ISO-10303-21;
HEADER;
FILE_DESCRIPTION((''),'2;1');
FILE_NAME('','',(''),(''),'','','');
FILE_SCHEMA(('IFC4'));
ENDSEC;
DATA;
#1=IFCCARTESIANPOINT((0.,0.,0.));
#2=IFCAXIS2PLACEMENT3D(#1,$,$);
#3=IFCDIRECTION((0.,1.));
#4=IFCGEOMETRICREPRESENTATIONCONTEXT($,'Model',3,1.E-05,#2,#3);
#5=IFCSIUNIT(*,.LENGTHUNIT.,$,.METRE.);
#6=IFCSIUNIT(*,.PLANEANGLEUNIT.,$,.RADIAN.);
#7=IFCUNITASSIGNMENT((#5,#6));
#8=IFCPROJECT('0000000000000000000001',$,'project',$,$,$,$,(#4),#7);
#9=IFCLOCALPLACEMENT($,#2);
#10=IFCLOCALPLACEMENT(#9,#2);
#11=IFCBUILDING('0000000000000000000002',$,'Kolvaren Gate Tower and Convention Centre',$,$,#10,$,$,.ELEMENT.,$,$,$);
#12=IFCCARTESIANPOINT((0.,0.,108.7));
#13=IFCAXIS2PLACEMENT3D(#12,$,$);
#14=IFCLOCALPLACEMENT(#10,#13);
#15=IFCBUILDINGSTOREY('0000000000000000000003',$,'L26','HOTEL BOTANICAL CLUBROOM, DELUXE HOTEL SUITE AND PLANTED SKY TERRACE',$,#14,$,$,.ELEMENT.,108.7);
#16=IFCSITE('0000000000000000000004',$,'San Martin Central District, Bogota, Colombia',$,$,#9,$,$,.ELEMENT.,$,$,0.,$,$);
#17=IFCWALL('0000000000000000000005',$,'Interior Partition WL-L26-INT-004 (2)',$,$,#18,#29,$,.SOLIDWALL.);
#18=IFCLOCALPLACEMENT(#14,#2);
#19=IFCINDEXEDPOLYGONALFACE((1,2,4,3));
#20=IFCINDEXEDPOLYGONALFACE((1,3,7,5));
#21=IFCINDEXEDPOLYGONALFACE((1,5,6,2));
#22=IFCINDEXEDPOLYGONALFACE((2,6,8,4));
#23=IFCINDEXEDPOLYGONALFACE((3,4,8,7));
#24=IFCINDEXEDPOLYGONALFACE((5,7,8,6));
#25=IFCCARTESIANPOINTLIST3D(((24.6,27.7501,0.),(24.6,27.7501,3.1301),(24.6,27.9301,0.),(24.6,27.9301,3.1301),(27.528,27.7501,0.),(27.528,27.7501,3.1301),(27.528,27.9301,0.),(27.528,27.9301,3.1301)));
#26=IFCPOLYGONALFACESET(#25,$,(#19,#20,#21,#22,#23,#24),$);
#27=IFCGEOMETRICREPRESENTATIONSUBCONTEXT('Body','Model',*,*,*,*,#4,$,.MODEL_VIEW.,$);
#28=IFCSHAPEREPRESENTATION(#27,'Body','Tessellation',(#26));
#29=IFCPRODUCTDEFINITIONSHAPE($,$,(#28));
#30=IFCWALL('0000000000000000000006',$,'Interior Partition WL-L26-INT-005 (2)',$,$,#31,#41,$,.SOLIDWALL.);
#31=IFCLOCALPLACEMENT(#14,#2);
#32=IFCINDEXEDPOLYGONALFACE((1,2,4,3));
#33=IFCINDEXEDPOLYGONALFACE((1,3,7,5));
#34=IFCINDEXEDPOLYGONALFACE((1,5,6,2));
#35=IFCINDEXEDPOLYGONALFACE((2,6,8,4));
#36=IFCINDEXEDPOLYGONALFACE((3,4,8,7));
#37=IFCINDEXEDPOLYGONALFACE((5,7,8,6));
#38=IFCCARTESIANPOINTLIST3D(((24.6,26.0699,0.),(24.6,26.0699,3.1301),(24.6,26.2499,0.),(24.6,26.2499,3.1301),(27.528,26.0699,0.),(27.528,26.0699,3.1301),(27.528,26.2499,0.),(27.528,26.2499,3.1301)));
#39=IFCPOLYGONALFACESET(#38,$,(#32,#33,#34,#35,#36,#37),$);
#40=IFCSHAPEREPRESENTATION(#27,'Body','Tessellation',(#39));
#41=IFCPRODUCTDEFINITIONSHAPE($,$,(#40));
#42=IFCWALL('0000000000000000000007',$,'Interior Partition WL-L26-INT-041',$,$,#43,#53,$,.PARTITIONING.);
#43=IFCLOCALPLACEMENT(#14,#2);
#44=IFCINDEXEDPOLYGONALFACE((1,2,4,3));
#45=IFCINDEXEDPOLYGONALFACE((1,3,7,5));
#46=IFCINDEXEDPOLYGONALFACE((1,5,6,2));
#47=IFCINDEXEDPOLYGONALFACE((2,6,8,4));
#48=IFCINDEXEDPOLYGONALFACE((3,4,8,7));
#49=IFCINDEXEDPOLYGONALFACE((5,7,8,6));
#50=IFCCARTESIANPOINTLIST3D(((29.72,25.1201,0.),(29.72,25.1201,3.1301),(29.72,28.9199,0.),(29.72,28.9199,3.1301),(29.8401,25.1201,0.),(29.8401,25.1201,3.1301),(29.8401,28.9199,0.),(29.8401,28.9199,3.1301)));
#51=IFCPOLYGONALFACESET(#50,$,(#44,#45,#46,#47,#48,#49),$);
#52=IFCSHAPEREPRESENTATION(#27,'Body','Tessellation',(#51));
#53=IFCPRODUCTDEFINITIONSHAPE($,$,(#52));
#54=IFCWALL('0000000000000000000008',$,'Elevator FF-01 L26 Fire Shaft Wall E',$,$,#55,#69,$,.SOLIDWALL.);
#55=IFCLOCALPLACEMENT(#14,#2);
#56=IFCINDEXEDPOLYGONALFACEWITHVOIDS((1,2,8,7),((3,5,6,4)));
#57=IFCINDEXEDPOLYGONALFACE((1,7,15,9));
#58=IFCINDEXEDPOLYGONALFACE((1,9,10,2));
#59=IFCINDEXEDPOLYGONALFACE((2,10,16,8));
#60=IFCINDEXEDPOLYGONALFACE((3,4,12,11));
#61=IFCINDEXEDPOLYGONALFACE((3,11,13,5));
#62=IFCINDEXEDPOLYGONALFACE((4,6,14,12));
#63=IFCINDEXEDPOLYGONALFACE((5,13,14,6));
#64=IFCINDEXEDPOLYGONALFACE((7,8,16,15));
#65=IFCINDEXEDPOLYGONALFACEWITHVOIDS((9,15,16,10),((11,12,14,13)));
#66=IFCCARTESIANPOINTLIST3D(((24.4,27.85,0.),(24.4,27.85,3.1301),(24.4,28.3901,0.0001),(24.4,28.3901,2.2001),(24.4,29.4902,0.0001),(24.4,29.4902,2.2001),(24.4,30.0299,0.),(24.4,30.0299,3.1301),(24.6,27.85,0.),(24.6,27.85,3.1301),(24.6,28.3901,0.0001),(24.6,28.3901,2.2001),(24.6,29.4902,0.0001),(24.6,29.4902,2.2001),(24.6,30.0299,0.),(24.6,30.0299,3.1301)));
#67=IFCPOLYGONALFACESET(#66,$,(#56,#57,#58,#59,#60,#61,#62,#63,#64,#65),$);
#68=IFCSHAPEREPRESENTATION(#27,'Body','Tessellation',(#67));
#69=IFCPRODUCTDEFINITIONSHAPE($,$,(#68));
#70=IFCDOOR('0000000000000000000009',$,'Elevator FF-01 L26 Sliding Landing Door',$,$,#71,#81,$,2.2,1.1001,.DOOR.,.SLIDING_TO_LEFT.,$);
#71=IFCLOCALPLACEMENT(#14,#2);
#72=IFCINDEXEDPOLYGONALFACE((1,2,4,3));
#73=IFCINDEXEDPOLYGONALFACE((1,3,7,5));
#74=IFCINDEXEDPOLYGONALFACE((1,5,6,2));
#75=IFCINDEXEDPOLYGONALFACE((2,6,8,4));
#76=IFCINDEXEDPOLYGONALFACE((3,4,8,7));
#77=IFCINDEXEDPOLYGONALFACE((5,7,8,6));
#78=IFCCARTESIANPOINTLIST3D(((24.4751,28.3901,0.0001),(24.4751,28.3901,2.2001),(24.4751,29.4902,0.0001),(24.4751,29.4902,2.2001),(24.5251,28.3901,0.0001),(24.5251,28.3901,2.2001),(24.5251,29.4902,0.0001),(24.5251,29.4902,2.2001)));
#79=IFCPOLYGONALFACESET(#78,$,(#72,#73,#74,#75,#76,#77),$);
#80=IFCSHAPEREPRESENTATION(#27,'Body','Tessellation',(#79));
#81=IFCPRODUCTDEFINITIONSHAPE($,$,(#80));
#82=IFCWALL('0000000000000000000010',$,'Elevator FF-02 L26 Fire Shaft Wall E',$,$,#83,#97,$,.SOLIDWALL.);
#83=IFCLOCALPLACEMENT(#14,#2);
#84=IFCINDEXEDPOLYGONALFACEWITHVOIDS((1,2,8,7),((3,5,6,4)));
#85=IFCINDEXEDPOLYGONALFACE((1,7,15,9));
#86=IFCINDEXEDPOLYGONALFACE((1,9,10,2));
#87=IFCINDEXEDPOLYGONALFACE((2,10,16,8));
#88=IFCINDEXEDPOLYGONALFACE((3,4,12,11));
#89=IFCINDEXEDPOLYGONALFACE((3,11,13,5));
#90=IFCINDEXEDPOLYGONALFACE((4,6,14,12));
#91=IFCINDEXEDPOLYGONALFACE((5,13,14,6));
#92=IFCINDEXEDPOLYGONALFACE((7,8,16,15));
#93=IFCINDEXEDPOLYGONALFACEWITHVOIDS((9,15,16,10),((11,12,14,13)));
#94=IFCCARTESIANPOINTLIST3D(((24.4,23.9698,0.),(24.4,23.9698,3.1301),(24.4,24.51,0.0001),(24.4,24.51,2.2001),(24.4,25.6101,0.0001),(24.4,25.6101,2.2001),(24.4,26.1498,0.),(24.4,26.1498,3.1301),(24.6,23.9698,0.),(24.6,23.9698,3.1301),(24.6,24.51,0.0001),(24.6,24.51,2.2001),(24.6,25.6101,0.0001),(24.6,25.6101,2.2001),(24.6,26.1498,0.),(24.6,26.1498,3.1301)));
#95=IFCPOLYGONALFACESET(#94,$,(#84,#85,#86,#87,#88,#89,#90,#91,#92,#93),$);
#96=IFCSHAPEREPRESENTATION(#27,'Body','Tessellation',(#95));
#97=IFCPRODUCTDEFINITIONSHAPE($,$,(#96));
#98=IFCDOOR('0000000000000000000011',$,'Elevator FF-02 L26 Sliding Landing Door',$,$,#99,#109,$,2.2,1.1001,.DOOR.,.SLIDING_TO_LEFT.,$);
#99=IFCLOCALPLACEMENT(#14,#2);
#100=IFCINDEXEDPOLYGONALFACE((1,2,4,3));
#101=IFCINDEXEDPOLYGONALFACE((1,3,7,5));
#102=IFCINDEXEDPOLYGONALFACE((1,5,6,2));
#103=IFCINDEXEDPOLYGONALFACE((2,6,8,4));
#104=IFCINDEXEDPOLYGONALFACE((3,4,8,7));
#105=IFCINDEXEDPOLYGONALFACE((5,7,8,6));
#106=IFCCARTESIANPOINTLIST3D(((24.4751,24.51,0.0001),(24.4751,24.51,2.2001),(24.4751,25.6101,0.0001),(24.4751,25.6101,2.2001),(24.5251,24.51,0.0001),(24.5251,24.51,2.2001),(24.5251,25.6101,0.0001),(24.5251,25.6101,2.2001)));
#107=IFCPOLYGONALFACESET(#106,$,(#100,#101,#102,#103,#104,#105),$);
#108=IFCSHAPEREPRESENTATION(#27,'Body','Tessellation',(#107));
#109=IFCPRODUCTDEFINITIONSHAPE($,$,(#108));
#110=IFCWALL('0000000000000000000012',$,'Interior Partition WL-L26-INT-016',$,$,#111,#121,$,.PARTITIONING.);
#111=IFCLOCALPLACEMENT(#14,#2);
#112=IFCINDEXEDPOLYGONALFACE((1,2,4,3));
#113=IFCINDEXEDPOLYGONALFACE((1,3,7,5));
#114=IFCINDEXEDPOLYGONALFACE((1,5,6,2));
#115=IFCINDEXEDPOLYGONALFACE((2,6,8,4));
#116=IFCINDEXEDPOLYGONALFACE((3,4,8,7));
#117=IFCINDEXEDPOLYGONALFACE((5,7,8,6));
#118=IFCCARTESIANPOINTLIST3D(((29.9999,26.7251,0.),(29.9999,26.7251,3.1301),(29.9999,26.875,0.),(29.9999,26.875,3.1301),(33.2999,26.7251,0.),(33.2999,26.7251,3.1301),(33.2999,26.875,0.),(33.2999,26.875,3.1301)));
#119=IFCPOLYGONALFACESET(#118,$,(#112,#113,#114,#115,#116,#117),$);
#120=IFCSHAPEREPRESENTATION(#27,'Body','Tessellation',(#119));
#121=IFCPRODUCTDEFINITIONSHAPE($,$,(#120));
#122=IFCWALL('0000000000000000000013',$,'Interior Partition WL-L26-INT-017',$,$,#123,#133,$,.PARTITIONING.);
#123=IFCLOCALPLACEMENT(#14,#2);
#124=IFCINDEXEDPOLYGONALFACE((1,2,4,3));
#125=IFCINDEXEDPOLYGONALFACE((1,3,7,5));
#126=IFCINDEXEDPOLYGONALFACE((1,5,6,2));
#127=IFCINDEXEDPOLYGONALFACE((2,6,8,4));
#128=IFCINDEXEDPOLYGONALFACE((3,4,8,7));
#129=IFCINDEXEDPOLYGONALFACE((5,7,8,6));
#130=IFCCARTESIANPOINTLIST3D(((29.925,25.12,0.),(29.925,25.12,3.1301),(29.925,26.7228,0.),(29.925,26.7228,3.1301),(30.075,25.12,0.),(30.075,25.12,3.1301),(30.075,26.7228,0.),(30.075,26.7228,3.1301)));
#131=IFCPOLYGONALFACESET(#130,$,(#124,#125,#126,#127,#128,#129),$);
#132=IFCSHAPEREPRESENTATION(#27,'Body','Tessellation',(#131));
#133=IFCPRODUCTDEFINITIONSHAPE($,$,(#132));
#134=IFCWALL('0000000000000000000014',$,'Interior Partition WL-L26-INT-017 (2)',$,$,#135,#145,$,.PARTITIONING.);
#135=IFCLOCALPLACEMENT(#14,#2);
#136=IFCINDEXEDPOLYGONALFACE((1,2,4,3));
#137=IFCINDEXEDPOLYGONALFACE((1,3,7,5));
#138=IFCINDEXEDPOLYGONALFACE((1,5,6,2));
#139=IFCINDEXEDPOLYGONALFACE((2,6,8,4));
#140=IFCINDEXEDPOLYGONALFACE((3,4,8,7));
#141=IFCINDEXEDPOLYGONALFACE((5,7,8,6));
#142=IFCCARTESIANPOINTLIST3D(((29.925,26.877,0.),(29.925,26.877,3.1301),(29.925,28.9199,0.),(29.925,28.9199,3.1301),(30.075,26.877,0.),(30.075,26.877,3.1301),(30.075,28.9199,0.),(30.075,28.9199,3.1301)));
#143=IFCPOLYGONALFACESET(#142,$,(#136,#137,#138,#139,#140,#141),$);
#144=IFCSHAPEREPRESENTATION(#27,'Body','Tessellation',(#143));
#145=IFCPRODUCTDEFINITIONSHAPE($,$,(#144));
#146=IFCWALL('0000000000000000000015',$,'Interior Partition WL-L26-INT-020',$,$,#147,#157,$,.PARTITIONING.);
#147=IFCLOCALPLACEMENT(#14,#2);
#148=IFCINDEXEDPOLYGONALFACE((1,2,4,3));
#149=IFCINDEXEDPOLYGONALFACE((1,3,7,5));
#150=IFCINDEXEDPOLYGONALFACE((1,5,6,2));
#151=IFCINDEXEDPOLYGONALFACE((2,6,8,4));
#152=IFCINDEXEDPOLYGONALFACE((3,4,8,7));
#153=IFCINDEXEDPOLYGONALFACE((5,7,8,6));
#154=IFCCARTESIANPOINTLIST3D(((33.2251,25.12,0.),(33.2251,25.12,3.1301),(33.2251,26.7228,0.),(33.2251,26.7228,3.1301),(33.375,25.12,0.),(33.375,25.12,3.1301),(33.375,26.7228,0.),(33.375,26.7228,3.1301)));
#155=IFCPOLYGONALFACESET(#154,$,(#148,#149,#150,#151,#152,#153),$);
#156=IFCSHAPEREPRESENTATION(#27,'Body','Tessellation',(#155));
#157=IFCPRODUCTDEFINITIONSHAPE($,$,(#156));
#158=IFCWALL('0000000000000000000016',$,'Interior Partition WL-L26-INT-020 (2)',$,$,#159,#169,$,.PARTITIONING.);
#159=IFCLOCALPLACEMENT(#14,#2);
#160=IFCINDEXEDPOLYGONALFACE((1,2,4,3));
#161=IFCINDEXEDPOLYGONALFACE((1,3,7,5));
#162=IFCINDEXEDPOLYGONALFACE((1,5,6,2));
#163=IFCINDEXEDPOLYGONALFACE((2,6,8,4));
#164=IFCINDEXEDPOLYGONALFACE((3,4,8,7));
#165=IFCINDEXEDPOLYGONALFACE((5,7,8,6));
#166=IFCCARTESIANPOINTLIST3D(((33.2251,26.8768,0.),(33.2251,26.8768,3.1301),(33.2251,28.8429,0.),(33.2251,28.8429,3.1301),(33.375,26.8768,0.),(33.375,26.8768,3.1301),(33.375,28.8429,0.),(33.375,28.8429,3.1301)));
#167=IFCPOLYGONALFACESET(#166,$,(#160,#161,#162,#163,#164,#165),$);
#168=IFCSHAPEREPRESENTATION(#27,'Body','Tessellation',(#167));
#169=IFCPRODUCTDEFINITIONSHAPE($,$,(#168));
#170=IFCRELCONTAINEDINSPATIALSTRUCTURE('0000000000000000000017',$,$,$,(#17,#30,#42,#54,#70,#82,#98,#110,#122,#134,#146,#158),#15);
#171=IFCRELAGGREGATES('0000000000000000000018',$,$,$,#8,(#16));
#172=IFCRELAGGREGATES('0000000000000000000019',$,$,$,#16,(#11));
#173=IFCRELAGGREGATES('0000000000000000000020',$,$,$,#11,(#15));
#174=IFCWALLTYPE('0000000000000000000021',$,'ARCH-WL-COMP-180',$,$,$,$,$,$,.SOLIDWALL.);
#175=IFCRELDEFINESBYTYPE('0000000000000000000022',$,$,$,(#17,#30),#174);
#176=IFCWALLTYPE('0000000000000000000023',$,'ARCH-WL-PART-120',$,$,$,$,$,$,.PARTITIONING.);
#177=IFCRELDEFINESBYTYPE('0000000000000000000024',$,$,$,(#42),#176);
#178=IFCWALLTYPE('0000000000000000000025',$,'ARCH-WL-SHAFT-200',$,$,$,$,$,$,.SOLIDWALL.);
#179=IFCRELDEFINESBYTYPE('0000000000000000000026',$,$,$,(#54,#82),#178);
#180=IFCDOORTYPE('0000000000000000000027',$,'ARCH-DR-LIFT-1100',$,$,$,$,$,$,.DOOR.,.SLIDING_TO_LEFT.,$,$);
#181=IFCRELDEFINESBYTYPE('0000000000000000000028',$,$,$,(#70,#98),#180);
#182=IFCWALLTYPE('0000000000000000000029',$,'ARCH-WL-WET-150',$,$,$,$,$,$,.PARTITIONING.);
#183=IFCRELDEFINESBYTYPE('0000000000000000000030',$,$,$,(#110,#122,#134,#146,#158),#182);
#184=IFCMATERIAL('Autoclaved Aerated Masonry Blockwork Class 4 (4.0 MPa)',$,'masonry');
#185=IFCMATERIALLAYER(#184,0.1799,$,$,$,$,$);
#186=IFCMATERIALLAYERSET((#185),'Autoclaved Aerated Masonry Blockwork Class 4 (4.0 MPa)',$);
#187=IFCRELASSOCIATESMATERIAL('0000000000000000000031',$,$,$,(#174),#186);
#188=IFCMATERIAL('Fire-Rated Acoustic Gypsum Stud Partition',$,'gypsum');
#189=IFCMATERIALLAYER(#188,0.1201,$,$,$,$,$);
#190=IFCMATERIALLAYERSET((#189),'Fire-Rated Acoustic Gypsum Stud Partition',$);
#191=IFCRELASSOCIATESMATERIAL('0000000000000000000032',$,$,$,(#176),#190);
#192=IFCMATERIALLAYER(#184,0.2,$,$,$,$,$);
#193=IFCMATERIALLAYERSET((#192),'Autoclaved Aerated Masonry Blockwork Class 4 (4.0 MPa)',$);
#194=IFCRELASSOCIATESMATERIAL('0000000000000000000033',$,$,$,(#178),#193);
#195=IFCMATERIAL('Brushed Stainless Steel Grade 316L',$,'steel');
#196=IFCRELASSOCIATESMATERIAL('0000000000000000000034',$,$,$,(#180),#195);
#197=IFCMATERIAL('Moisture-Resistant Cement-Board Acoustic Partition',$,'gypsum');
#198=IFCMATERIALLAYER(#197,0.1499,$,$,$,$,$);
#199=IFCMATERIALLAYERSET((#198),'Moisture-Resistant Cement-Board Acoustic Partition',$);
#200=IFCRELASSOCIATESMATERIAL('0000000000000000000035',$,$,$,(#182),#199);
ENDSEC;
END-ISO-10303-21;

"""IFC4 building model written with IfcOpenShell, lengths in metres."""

from ifc_helpers import new_model, si_unit, direction, frame, frame_2d, origin, place, context, subcontext, project, spatial, rectangle, extrude, material, layer, layer_set, type_object, element, fill, save


model = new_model("IFC4")

# Units and contexts
model_context = context("Model", 3, precision=1e-05, world=origin(), true_north=direction((0.0, 1.0)))
body_context = subcontext(model_context, "Body", "Model", "MODEL_VIEW")
ifc_project = project(units=[si_unit("LENGTHUNIT", "METRE"), si_unit("PLANEANGLEUNIT", "RADIAN")], contexts=[model_context])

# Site, building, storey
site_placement = place(None, origin())
site = spatial("IfcSite", under=ifc_project, at=site_placement, Name="San Martin Central District, Bogota, Colombia", CompositionType="ELEMENT", RefElevation=0.0)
building_placement = place(site_placement, origin())
building = spatial("IfcBuilding", under=site, at=building_placement, Name="Kolvaren Gate Tower and Convention Centre", CompositionType="ELEMENT")
storey_placement = place(building_placement, frame((0.0, 0.0, 108.7)))
storey = spatial("IfcBuildingStorey", under=building, at=storey_placement, Name="L26", Description="HOTEL BOTANICAL CLUBROOM, DELUXE HOTEL SUITE AND PLANTED SKY TERRACE", CompositionType="ELEMENT", Elevation=108.7)

# Walls
ifc_material_1 = material(Name="Autoclaved Aerated Masonry Blockwork Class 4 (4.0 MPa)", Category="masonry")
ifc_layer_1 = layer(ifc_material_1, 0.1799)
ifc_layer_set_1 = layer_set([ifc_layer_1], Name="Autoclaved Aerated Masonry Blockwork Class 4 (4.0 MPa)")
wall_type_1 = type_object("IfcWallType", Name="ARCH-WL-COMP-180", PredefinedType="SOLIDWALL", material=ifc_layer_set_1)
for number, where, z_axis, x_axis, name in (
    (1, (24.6001, 27.8401, 0.0), (0.0, 0.0, 1.0), (1.0, 0.0, 0.0), "Interior Partition WL-L26-INT-004 (2)"),
    (2, (24.6001, 26.1599, 0.0), (0.0, 0.0, 1.0), (1.0, 0.0, 0.0), "Interior Partition WL-L26-INT-005 (2)"),
):
    element("IfcWall", number, at=place(storey_placement, frame(where, z_axis=z_axis, x_axis=x_axis)), inside=storey, type_object=wall_type_1, Name=name, PredefinedType="SOLIDWALL", context=body_context, shape_type="SweptSolid", body=[
        extrude(rectangle(XDim=2.928, YDim=0.1799, at=frame_2d((1.4639, 0.0))), origin(), (0.0, 0.0, 1.0), 3.1301),
    ])
ifc_material_2 = material(Name="Fire-Rated Acoustic Gypsum Stud Partition", Category="gypsum")
ifc_layer_2 = layer(ifc_material_2, 0.1201)
ifc_layer_set_2 = layer_set([ifc_layer_2], Name="Fire-Rated Acoustic Gypsum Stud Partition")
wall_type_2 = type_object("IfcWallType", Name="ARCH-WL-PART-120", PredefinedType="PARTITIONING", material=ifc_layer_set_2)
wall_1_placement = place(storey_placement, frame((29.78, 25.1201, 0.0), z_axis=(0.0, 0.0, 1.0), x_axis=(0.0, 1.0, 0.0)))
element("IfcWall", 3, at=wall_1_placement, inside=storey, type_object=wall_type_2, Name="Interior Partition WL-L26-INT-041", PredefinedType="PARTITIONING", context=body_context, shape_type="SweptSolid", body=[
    extrude(rectangle(XDim=3.7998, YDim=0.1201, at=frame_2d((1.8999, 0.0))), origin(), (0.0, 0.0, 1.0), 3.1301),
])

# Walls, openings, doors
ifc_layer_3 = layer(ifc_material_1, 0.2)
ifc_layer_set_3 = layer_set([ifc_layer_3], Name="Autoclaved Aerated Masonry Blockwork Class 4 (4.0 MPa)")
wall_type_3 = type_object("IfcWallType", Name="ARCH-WL-SHAFT-200", PredefinedType="SOLIDWALL", material=ifc_layer_set_3)
wall_2_placement = place(storey_placement, frame((24.5, 27.8501, 0.0), z_axis=(0.0, 0.0, 1.0), x_axis=(0.0, 1.0, 0.0)))
wall_2 = element("IfcWall", 4, at=wall_2_placement, inside=storey, type_object=wall_type_3, Name="Elevator FF-01 L26 Fire Shaft Wall E", PredefinedType="SOLIDWALL", context=body_context, shape_type="SweptSolid", body=[
    extrude(rectangle(XDim=2.1799, YDim=0.2, at=frame_2d((1.0898, 0.0))), origin(), (0.0, 0.0, 1.0), 3.1301),
])
opening_1_placement = place(wall_2_placement, frame((0.54, 0.0, 0.0)))
opening_1 = element("IfcOpeningElement", 5, at=opening_1_placement, cuts=wall_2, PredefinedType="OPENING", context=body_context, shape_type="SweptSolid", body=[
    extrude(rectangle(XDim=1.1001, YDim=2.2, at=frame_2d((0.55, 1.1001))), frame((0.0, 0.1099, 0.0), z_axis=(0.0, -1.0, 0.0), x_axis=(1.0, 0.0, 0.0)), (0.0, 0.0, 1.0), 0.22),
])
ifc_material_3 = material(Name="Brushed Stainless Steel Grade 316L", Category="steel")
door_type_1 = type_object("IfcDoorType", Name="ARCH-DR-LIFT-1100", OperationType="SLIDING_TO_LEFT", PredefinedType="DOOR", material=ifc_material_3)
door_1_placement = place(opening_1_placement, origin())
door_1 = element("IfcDoor", 6, at=door_1_placement, inside=storey, type_object=door_type_1, Name="Elevator FF-01 L26 Sliding Landing Door", OperationType="SLIDING_TO_LEFT", OverallHeight=2.2, OverallWidth=1.1001, PredefinedType="DOOR", context=body_context, shape_type="SweptSolid", body=[
    extrude(rectangle(XDim=1.1001, YDim=2.2, at=frame_2d((0.55, 1.1001))), frame((0.0, 0.0249, 0.0), z_axis=(0.0, -1.0, 0.0), x_axis=(1.0, 0.0, 0.0)), (0.0, 0.0, 1.0), 0.05),
])
fill(opening_1, door_1)
wall_3_placement = place(storey_placement, frame((24.5, 23.97, 0.0), z_axis=(0.0, 0.0, 1.0), x_axis=(0.0, 1.0, 0.0)))
wall_3 = element("IfcWall", 7, at=wall_3_placement, inside=storey, type_object=wall_type_3, Name="Elevator FF-02 L26 Fire Shaft Wall E", PredefinedType="SOLIDWALL", context=body_context, shape_type="SweptSolid", body=[
    extrude(rectangle(XDim=2.1799, YDim=0.2, at=frame_2d((1.0898, 0.0))), origin(), (0.0, 0.0, 1.0), 3.1301),
])
opening_2_placement = place(wall_3_placement, frame((0.54, 0.0, 0.0)))
opening_2 = element("IfcOpeningElement", 8, at=opening_2_placement, cuts=wall_3, PredefinedType="OPENING", context=body_context, shape_type="SweptSolid", body=[
    extrude(rectangle(XDim=1.1001, YDim=2.2, at=frame_2d((0.55, 1.1001))), frame((0.0, 0.1099, 0.0), z_axis=(0.0, -1.0, 0.0), x_axis=(1.0, 0.0, 0.0)), (0.0, 0.0, 1.0), 0.22),
])
door_2_placement = place(opening_2_placement, origin())
door_2 = element("IfcDoor", 9, at=door_2_placement, inside=storey, type_object=door_type_1, Name="Elevator FF-02 L26 Sliding Landing Door", OperationType="SLIDING_TO_LEFT", OverallHeight=2.2, OverallWidth=1.1001, PredefinedType="DOOR", context=body_context, shape_type="SweptSolid", body=[
    extrude(rectangle(XDim=1.1001, YDim=2.2, at=frame_2d((0.55, 1.1001))), frame((0.0, 0.0249, 0.0), z_axis=(0.0, -1.0, 0.0), x_axis=(1.0, 0.0, 0.0)), (0.0, 0.0, 1.0), 0.05),
])
fill(opening_2, door_2)

# Walls
ifc_material_4 = material(Name="Moisture-Resistant Cement-Board Acoustic Partition", Category="gypsum")
ifc_layer_4 = layer(ifc_material_4, 0.1499)
ifc_layer_set_4 = layer_set([ifc_layer_4], Name="Moisture-Resistant Cement-Board Acoustic Partition")
wall_type_4 = type_object("IfcWallType", Name="ARCH-WL-WET-150", PredefinedType="PARTITIONING", material=ifc_layer_set_4)
wall_4_placement = place(storey_placement, frame((30.0, 26.8, 0.0), z_axis=(0.0, 0.0, 1.0), x_axis=(1.0, 0.0, 0.0)))
element("IfcWall", 10, at=wall_4_placement, inside=storey, type_object=wall_type_4, Name="Interior Partition WL-L26-INT-016", PredefinedType="PARTITIONING", context=body_context, shape_type="SweptSolid", body=[
    extrude(rectangle(XDim=3.3, YDim=0.1499, at=frame_2d((1.6499, 0.0))), origin(), (0.0, 0.0, 1.0), 3.1301),
])
wall_5_placement = place(storey_placement, frame((30.0, 25.1201, 0.0), z_axis=(0.0, 0.0, 1.0), x_axis=(0.0, 1.0, 0.0)))
element("IfcWall", 11, at=wall_5_placement, inside=storey, type_object=wall_type_4, Name="Interior Partition WL-L26-INT-017", PredefinedType="PARTITIONING", context=body_context, shape_type="SweptSolid", body=[
    extrude(rectangle(XDim=1.6028, YDim=0.1499, at=frame_2d((0.8013, 0.0))), origin(), (0.0, 0.0, 1.0), 3.1301),
])
wall_6_placement = place(storey_placement, frame((30.0, 26.877, 0.0), z_axis=(0.0, 0.0, 1.0), x_axis=(0.0, 1.0, 0.0)))
element("IfcWall", 12, at=wall_6_placement, inside=storey, type_object=wall_type_4, Name="Interior Partition WL-L26-INT-017 (2)", PredefinedType="PARTITIONING", context=body_context, shape_type="SweptSolid", body=[
    extrude(rectangle(XDim=2.043, YDim=0.1499, at=frame_2d((1.0215, 0.0))), origin(), (0.0, 0.0, 1.0), 3.1301),
])
wall_7_placement = place(storey_placement, frame((33.3, 25.1201, 0.0), z_axis=(0.0, 0.0, 1.0), x_axis=(0.0, 1.0, 0.0)))
element("IfcWall", 13, at=wall_7_placement, inside=storey, type_object=wall_type_4, Name="Interior Partition WL-L26-INT-020", PredefinedType="PARTITIONING", context=body_context, shape_type="SweptSolid", body=[
    extrude(rectangle(XDim=1.6028, YDim=0.1499, at=frame_2d((0.8013, 0.0))), origin(), (0.0, 0.0, 1.0), 3.1301),
])
wall_8_placement = place(storey_placement, frame((33.3, 26.877, 0.0), z_axis=(0.0, 0.0, 1.0), x_axis=(0.0, 1.0, 0.0)))
element("IfcWall", 14, at=wall_8_placement, inside=storey, type_object=wall_type_4, Name="Interior Partition WL-L26-INT-020 (2)", PredefinedType="PARTITIONING", context=body_context, shape_type="SweptSolid", body=[
    extrude(rectangle(XDim=1.9661, YDim=0.1499, at=frame_2d((0.9829, 0.0))), origin(), (0.0, 0.0, 1.0), 3.1301),
])

save(model, "model.ifc")
